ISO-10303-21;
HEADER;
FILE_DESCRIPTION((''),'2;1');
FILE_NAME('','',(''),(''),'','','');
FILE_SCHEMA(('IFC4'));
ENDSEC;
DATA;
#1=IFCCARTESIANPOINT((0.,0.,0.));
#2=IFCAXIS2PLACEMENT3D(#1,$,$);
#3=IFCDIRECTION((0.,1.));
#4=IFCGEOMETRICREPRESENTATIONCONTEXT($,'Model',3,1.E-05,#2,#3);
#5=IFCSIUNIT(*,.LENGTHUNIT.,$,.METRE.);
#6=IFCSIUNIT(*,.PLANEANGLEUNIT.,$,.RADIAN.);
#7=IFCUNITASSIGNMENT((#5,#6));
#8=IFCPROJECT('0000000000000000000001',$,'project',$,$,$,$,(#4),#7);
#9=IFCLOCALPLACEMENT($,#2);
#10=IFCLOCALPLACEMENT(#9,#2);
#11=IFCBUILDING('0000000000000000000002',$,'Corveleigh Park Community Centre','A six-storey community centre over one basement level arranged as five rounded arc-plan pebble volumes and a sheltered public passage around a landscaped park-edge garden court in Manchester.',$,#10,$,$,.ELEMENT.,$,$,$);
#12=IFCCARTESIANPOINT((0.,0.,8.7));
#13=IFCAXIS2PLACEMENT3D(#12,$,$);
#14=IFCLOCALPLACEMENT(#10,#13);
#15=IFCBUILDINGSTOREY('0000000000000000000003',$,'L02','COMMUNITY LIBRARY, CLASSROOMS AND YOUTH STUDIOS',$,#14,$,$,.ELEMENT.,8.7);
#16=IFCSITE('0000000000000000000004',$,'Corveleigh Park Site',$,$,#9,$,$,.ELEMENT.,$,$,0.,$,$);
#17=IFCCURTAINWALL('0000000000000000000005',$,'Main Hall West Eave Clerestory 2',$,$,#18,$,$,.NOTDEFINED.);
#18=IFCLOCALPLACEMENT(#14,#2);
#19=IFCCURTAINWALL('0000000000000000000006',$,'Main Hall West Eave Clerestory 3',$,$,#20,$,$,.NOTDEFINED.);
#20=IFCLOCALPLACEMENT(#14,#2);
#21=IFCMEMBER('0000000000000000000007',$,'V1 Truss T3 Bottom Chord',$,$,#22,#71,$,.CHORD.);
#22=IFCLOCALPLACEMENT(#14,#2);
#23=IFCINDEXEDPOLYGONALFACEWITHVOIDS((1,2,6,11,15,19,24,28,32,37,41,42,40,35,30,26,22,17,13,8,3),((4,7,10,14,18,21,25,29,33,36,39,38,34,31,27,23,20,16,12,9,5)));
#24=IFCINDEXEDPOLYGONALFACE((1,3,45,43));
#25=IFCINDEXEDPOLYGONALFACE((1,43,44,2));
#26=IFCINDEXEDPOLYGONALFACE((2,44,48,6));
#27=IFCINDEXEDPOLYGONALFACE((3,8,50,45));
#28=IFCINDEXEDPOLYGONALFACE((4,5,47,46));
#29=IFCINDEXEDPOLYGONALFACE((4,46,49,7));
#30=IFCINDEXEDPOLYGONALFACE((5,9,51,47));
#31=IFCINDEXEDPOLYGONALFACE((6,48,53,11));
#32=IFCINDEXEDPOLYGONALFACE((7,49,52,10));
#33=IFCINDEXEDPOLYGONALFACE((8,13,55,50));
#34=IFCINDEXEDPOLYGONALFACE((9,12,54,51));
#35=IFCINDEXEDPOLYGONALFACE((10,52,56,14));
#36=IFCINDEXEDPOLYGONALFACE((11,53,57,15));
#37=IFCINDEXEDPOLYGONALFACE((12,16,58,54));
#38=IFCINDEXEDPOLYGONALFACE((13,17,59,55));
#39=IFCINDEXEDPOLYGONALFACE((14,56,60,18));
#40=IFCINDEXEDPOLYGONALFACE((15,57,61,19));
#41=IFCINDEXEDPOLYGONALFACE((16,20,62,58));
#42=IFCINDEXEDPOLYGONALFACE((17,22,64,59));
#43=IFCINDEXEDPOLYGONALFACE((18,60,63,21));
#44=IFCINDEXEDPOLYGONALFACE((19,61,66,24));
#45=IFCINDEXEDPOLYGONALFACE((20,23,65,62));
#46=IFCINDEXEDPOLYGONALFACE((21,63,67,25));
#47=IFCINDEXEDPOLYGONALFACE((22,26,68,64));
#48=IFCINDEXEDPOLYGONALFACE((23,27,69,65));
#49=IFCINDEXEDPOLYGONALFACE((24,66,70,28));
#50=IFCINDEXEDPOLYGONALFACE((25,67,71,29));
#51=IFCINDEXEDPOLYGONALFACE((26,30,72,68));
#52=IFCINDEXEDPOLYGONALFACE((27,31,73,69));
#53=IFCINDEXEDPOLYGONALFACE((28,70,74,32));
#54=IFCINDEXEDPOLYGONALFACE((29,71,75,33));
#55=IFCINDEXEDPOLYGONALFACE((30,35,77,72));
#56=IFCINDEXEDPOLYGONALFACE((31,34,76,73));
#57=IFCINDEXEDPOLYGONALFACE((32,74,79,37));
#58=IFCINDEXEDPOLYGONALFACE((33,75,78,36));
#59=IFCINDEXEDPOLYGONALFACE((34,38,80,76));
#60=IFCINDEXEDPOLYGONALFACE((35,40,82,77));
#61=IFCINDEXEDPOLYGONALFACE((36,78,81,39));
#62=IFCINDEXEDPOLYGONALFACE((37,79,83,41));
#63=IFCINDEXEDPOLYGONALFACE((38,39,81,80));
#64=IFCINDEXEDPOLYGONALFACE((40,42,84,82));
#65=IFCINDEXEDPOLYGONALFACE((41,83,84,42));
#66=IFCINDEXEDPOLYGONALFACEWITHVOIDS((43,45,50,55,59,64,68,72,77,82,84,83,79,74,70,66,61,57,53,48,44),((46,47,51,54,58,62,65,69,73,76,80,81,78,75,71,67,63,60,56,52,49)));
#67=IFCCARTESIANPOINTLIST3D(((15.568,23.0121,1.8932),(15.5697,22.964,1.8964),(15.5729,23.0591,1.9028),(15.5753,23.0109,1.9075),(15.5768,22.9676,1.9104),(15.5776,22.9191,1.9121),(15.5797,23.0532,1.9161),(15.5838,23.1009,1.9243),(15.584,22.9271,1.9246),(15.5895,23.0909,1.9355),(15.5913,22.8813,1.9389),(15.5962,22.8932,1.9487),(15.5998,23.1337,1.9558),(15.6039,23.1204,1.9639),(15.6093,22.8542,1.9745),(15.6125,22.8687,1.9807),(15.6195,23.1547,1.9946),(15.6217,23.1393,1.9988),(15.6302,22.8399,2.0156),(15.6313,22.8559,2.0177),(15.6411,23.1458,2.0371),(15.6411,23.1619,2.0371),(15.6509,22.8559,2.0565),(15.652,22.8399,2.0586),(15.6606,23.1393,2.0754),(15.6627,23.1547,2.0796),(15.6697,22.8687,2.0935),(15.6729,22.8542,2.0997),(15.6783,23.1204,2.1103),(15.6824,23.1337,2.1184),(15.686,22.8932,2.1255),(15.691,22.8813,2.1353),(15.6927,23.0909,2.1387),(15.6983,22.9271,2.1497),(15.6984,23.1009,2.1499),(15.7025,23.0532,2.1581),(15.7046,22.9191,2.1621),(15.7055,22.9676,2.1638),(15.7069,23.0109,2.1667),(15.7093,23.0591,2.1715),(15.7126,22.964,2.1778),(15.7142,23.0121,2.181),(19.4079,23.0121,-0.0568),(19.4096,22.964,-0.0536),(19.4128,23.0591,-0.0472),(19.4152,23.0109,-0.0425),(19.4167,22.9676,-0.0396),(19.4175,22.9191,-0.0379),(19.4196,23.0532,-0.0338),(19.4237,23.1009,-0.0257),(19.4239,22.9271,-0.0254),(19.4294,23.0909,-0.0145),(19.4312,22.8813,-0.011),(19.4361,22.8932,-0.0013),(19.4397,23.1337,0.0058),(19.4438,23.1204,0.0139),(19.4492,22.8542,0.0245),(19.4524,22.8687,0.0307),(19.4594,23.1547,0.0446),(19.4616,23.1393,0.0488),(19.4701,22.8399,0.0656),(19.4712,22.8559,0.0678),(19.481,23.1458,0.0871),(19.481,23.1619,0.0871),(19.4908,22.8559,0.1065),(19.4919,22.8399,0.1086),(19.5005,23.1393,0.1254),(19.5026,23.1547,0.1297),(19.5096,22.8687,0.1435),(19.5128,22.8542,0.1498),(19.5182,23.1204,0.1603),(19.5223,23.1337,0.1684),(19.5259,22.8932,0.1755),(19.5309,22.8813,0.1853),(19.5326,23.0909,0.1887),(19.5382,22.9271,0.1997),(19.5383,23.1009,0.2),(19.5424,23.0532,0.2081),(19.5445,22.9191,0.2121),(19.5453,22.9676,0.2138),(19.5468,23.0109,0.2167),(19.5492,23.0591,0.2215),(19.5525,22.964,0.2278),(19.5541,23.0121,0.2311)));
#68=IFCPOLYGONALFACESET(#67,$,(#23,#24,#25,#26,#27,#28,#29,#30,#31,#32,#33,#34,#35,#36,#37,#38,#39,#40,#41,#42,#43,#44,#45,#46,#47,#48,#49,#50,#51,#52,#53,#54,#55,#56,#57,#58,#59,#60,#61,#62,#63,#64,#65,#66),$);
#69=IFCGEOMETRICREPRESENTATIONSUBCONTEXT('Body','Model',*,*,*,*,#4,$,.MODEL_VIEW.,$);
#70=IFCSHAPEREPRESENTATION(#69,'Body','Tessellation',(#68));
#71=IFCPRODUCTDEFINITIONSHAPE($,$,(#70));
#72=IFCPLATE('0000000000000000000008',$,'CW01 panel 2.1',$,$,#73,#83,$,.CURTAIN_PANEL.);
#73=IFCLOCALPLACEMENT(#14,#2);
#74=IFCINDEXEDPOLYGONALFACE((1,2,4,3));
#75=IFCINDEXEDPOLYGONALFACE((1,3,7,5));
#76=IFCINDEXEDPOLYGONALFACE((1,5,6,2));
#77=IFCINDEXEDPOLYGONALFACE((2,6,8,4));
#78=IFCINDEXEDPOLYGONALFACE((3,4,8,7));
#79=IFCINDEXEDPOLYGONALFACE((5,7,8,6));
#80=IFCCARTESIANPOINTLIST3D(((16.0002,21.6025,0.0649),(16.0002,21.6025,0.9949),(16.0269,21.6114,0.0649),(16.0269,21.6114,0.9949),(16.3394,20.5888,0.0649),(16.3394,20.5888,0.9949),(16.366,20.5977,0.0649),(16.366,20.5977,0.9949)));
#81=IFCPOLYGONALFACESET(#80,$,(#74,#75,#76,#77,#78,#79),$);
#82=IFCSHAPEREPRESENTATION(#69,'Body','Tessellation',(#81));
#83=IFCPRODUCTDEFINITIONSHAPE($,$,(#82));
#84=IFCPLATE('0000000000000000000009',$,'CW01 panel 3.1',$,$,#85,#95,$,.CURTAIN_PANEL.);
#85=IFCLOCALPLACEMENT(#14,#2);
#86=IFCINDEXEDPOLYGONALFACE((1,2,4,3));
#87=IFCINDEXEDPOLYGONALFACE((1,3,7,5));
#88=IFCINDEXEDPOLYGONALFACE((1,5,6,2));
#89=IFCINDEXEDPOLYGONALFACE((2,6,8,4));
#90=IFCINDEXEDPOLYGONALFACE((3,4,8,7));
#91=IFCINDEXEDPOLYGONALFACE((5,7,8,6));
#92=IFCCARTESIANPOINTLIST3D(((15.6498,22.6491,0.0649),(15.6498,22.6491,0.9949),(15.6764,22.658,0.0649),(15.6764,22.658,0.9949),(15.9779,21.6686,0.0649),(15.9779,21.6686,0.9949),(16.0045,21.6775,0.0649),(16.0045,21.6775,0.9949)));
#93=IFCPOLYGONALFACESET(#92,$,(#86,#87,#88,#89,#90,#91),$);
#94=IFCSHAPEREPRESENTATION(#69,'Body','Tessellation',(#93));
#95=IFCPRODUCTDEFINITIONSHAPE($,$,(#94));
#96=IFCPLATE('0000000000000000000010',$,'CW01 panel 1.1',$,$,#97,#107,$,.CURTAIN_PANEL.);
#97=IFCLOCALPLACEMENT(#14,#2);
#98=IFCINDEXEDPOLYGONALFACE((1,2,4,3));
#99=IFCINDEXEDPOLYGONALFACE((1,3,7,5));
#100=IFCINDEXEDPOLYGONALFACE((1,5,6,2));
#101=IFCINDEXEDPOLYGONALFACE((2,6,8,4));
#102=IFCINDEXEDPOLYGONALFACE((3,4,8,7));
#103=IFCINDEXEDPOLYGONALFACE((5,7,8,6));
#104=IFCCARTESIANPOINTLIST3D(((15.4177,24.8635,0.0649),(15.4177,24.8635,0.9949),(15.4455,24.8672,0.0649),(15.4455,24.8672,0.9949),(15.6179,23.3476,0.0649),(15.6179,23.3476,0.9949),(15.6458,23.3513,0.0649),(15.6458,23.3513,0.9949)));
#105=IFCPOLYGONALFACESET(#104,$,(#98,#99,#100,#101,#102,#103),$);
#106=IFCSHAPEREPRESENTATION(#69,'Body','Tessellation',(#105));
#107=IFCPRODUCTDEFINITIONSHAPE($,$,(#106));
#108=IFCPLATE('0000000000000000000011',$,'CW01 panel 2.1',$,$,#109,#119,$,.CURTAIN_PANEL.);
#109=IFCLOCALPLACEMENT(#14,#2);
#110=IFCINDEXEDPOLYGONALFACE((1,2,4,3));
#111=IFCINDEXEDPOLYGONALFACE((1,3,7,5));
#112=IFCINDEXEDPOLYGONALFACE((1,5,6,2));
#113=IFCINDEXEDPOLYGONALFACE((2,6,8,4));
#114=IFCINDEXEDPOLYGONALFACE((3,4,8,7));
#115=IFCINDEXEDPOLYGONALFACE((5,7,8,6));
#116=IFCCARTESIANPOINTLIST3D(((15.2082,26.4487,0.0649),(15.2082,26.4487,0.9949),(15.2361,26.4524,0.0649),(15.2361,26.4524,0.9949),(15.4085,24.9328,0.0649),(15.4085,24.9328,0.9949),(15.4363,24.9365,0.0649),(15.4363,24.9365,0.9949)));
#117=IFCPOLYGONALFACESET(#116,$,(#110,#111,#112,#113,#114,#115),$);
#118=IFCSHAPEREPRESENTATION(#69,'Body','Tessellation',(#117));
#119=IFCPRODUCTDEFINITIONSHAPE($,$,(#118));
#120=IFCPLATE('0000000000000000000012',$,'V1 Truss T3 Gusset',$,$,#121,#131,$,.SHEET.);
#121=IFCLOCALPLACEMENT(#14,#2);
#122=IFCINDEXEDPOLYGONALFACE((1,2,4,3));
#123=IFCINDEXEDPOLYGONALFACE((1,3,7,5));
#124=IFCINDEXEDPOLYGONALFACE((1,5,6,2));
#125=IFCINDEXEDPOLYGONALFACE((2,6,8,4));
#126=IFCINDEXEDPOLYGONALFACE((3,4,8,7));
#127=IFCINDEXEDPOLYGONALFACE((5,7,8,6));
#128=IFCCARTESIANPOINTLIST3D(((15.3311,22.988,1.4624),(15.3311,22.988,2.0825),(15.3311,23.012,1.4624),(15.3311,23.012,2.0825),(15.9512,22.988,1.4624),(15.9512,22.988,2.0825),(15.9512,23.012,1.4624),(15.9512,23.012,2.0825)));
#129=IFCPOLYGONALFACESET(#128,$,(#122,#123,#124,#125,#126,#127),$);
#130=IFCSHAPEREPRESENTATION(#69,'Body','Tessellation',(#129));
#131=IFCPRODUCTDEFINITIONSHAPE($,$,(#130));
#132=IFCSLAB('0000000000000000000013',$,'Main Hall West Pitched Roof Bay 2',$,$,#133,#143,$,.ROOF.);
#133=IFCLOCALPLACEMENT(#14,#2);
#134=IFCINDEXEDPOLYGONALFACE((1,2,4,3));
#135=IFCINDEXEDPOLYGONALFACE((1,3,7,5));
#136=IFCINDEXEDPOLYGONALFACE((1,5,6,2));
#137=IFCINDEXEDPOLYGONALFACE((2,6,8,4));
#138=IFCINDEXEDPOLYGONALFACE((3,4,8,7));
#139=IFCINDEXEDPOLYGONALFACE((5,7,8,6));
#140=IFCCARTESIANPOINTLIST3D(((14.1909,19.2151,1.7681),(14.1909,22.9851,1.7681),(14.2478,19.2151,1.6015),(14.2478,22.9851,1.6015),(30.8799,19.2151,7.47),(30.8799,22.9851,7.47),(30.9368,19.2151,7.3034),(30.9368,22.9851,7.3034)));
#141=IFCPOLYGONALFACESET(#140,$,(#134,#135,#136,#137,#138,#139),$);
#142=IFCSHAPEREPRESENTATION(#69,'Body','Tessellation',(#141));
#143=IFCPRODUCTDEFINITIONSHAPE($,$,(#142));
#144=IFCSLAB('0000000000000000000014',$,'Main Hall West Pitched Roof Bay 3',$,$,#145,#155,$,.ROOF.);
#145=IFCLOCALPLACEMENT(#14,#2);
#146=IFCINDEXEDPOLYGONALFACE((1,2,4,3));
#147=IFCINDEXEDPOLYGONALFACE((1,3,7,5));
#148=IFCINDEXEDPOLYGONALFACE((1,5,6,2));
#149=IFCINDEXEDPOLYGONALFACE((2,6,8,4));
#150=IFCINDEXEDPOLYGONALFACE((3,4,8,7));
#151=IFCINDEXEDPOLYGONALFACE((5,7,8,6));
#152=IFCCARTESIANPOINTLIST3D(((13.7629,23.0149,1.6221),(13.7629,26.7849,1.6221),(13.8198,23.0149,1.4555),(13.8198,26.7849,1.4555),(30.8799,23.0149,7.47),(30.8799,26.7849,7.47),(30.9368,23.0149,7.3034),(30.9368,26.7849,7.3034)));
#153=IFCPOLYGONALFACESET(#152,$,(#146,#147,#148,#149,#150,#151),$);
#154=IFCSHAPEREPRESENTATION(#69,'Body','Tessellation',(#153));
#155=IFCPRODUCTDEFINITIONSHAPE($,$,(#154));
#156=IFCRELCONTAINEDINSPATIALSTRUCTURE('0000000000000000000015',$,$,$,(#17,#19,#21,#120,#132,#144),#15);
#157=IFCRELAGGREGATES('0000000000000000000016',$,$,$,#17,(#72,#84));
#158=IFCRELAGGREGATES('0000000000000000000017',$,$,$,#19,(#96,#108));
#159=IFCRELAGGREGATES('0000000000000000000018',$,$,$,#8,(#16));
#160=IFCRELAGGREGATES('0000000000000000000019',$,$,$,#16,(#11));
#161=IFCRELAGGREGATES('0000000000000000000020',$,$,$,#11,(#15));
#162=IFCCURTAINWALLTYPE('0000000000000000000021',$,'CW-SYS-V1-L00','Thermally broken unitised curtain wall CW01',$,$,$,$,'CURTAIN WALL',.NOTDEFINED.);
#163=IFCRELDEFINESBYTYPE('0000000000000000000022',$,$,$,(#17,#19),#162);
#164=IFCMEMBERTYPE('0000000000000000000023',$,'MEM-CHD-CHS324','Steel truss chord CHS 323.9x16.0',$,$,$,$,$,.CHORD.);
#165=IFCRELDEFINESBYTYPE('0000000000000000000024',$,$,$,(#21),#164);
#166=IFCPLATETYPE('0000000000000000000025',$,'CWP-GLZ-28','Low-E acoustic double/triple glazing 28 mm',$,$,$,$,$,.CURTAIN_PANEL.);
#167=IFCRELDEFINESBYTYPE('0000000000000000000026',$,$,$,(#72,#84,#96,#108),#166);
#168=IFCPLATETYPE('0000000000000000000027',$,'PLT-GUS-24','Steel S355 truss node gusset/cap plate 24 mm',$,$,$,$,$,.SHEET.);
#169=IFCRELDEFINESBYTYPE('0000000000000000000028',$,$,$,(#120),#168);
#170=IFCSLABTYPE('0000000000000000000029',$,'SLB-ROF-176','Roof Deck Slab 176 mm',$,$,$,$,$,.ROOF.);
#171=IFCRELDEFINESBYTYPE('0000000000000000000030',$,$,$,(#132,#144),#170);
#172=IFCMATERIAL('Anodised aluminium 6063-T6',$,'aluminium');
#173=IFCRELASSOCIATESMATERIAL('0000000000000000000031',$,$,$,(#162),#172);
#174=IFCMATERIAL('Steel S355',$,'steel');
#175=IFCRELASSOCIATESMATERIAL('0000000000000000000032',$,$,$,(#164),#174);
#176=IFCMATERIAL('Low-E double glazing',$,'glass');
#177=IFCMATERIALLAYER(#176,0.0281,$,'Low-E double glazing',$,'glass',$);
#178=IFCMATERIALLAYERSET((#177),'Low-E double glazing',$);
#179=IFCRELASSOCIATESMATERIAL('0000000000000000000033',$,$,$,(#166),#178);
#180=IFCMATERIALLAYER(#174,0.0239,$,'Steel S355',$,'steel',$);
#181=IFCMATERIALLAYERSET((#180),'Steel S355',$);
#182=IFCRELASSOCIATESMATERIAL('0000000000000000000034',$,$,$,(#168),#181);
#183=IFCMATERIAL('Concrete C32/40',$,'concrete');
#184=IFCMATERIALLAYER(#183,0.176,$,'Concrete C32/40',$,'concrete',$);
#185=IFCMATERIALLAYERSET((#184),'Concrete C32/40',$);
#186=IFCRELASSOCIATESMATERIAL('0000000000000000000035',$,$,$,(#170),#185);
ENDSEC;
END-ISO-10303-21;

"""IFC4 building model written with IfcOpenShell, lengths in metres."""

from ifc_helpers import new_model, si_unit, direction, frame, origin, origin_2d, place, context, subcontext, project, spatial, polyline, rectangle, hollow_circle, outline, extrude, material, layer, layer_set, material_profile, profile_set, type_object, element, aggregate, save


model = new_model("IFC4")

# Units and contexts
model_context = context("Model", 3, precision=1e-05, world=origin(), true_north=direction((0.0, 1.0)))
body_context = subcontext(model_context, "Body", "Model", "MODEL_VIEW")
ifc_project = project(units=[si_unit("LENGTHUNIT", "METRE"), si_unit("PLANEANGLEUNIT", "RADIAN")], contexts=[model_context])

# Site, building, storey
site_placement = place(None, origin())
site = spatial("IfcSite", under=ifc_project, at=site_placement, Name="Corveleigh Park Site", CompositionType="ELEMENT", RefElevation=0.0)
building_placement = place(site_placement, origin())
building = spatial("IfcBuilding", under=site, at=building_placement, Name="Corveleigh Park Community Centre", Description="A six-storey community centre over one basement level arranged as five rounded arc-plan pebble volumes and a sheltered public passage around a landscaped park-edge garden court in Manchester.", CompositionType="ELEMENT")
storey_placement = place(building_placement, frame((0.0, 0.0, 8.7)))
storey = spatial("IfcBuildingStorey", under=building, at=storey_placement, Name="L02", Description="COMMUNITY LIBRARY, CLASSROOMS AND YOUTH STUDIOS", CompositionType="ELEMENT", Elevation=8.7)

# Shared definitions
ifc_material_1 = material(Name="Steel S355", Category="steel")

# Curtain walls
ifc_material_2 = material(Name="Anodised aluminium 6063-T6", Category="aluminium")
curtain_wall_type = type_object("IfcCurtainWallType", Name="CW-SYS-V1-L00", Description="Thermally broken unitised curtain wall CW01", ElementType="CURTAIN WALL", PredefinedType="NOTDEFINED", material=ifc_material_2)
curtain_wall_1_placement = place(storey_placement, origin())
curtain_wall_1 = element("IfcCurtainWall", 1, at=curtain_wall_1_placement, inside=storey, type_object=curtain_wall_type, Name="Main Hall West Eave Clerestory 2", PredefinedType="NOTDEFINED")
curtain_wall_2_placement = place(storey_placement, origin())
curtain_wall_2 = element("IfcCurtainWall", 2, at=curtain_wall_2_placement, inside=storey, type_object=curtain_wall_type, Name="Main Hall West Eave Clerestory 3", PredefinedType="NOTDEFINED")

# Member
ifc_material_profile_1 = material_profile(ifc_material_1, hollow_circle(Radius=0.1619, WallThickness=0.0161, at=origin_2d()), Name="CHS 323.9x16.0", Category="steel")
ifc_profile_set_1 = profile_set([ifc_material_profile_1], Name="Steel S355")
member_type_1 = type_object("IfcMemberType", Name="MEM-CHD-CHS324", Description="Steel truss chord CHS 323.9x16.0", PredefinedType="CHORD", material=ifc_profile_set_1)
member_1_placement = place(storey_placement, frame((15.6411, 23.0, 2.0371), z_axis=(0.891621, 0.0, -0.452783), x_axis=(0.0, 1.0, 0.0)))
element("IfcMember", 3, at=member_1_placement, inside=storey, type_object=member_type_1, Name="V1 Truss T3 Bottom Chord", PredefinedType="CHORD", context=body_context, shape_type="SweptSolid", body=[
    extrude(hollow_circle(Radius=0.1619, WallThickness=0.0161, at=origin_2d()), origin(), (0.0, 0.0, 1.0), 4.3066),
])

# Plates
ifc_material_3 = material(Name="Low-E double glazing", Category="glass")
ifc_layer_1 = layer(ifc_material_3, 0.0281, Name="Low-E double glazing", Category="glass")
ifc_layer_set_1 = layer_set([ifc_layer_1], Name="Low-E double glazing")
plate_type_1 = type_object("IfcPlateType", Name="CWP-GLZ-28", Description="Low-E acoustic double/triple glazing 28 mm", PredefinedType="CURTAIN_PANEL", material=ifc_layer_set_1)
plate_1_placement = place(storey_placement, frame((16.1831, 21.1001, 0.0649), z_axis=(0.0, 0.0, 1.0), x_axis=(-0.317281, 0.948331, 0.0)))
plate_1 = element("IfcPlate", 4, at=plate_1_placement, type_object=plate_type_1, Name="CW01 panel 2.1", PredefinedType="CURTAIN_PANEL", context=body_context, shape_type="SweptSolid", body=[
    extrude(rectangle(XDim=1.0688, YDim=0.0281, at=origin_2d()), origin(), (0.0, 0.0, 1.0), 0.9299),
])
plate_2_placement = place(storey_placement, frame((15.8271, 22.1633, 0.0649), z_axis=(0.0, 0.0, 1.0), x_axis=(-0.317281, 0.948331, 0.0)))
plate_2 = element("IfcPlate", 5, at=plate_2_placement, type_object=plate_type_1, Name="CW01 panel 3.1", PredefinedType="CURTAIN_PANEL", context=body_context, shape_type="SweptSolid", body=[
    extrude(rectangle(XDim=1.0339, YDim=0.0281, at=origin_2d()), origin(), (0.0, 0.0, 1.0), 0.9299),
])
aggregate(curtain_wall_1, [plate_1, plate_2])
plate_3_placement = place(storey_placement, frame((15.5317, 24.1074, 0.0649), z_axis=(0.0, 0.0, 1.0), x_axis=(-0.130961, 0.991388, 0.0)))
plate_3 = element("IfcPlate", 6, at=plate_3_placement, type_object=plate_type_1, Name="CW01 panel 1.1", PredefinedType="CURTAIN_PANEL", context=body_context, shape_type="SweptSolid", body=[
    extrude(rectangle(XDim=1.5291, YDim=0.0281, at=origin_2d()), origin(), (0.0, 0.0, 1.0), 0.9299),
])
plate_4_placement = place(storey_placement, frame((15.3223, 25.6926, 0.0649), z_axis=(0.0, 0.0, 1.0), x_axis=(-0.130961, 0.991388, 0.0)))
plate_4 = element("IfcPlate", 7, at=plate_4_placement, type_object=plate_type_1, Name="CW01 panel 2.1", PredefinedType="CURTAIN_PANEL", context=body_context, shape_type="SweptSolid", body=[
    extrude(rectangle(XDim=1.5291, YDim=0.0281, at=origin_2d()), origin(), (0.0, 0.0, 1.0), 0.9299),
])
aggregate(curtain_wall_2, [plate_3, plate_4])
ifc_layer_2 = layer(ifc_material_1, 0.0239, Name="Steel S355", Category="steel")
ifc_layer_set_2 = layer_set([ifc_layer_2], Name="Steel S355")
plate_type_2 = type_object("IfcPlateType", Name="PLT-GUS-24", Description="Steel S355 truss node gusset/cap plate 24 mm", PredefinedType="SHEET", material=ifc_layer_set_2)
plate_5_placement = place(storey_placement, frame((15.6411, 23.0, 1.4624), z_axis=(0.0, 0.0, 1.0), x_axis=(1.0, 0.0, 0.0)))
element("IfcPlate", 8, at=plate_5_placement, inside=storey, type_object=plate_type_2, Name="V1 Truss T3 Gusset", PredefinedType="SHEET", context=body_context, shape_type="SweptSolid", body=[
    extrude(rectangle(XDim=0.6201, YDim=0.0239, at=origin_2d()), origin(), (0.0, 0.0, 1.0), 0.6201),
])

# Slabs
ifc_material_4 = material(Name="Concrete C32/40", Category="concrete")
ifc_layer_3 = layer(ifc_material_4, 0.176, Name="Concrete C32/40", Category="concrete")
ifc_layer_set_3 = layer_set([ifc_layer_3], Name="Concrete C32/40")
slab_type = type_object("IfcSlabType", Name="SLB-ROF-176", Description="Roof Deck Slab 176 mm", PredefinedType="ROOF", material=ifc_layer_set_3)
slab_1_placement = place(storey_placement, frame((14.1909, 19.2151, 1.7681), z_axis=(-0.323308, 0.0, 0.946294), x_axis=(0.946294, 0.0, 0.323308)))
element("IfcSlab", 9, at=slab_1_placement, inside=storey, type_object=slab_type, Name="Main Hall West Pitched Roof Bay 2", PredefinedType="ROOF", context=body_context, shape_type="SweptSolid", body=[
    extrude(outline(polyline([(0.0, 0.0), (17.6361, 0.0), (17.6361, 3.77), (0.0, 3.77), (0.0, 0.0)])), origin(), (0.0, 0.0, -1.0), 0.176),
])
slab_2_placement = place(storey_placement, frame((13.7629, 23.0149, 1.6221), z_axis=(-0.323297, 0.0, 0.946298), x_axis=(0.946298, 0.0, 0.323297)))
element("IfcSlab", 10, at=slab_2_placement, inside=storey, type_object=slab_type, Name="Main Hall West Pitched Roof Bay 3", PredefinedType="ROOF", context=body_context, shape_type="SweptSolid", body=[
    extrude(outline(polyline([(0.0, 0.0), (18.0883, 0.0), (18.0883, 3.77), (0.0, 3.77), (0.0, 0.0)])), origin(), (0.0, 0.0, -1.0), 0.176),
])

save(model, "model.ifc")
